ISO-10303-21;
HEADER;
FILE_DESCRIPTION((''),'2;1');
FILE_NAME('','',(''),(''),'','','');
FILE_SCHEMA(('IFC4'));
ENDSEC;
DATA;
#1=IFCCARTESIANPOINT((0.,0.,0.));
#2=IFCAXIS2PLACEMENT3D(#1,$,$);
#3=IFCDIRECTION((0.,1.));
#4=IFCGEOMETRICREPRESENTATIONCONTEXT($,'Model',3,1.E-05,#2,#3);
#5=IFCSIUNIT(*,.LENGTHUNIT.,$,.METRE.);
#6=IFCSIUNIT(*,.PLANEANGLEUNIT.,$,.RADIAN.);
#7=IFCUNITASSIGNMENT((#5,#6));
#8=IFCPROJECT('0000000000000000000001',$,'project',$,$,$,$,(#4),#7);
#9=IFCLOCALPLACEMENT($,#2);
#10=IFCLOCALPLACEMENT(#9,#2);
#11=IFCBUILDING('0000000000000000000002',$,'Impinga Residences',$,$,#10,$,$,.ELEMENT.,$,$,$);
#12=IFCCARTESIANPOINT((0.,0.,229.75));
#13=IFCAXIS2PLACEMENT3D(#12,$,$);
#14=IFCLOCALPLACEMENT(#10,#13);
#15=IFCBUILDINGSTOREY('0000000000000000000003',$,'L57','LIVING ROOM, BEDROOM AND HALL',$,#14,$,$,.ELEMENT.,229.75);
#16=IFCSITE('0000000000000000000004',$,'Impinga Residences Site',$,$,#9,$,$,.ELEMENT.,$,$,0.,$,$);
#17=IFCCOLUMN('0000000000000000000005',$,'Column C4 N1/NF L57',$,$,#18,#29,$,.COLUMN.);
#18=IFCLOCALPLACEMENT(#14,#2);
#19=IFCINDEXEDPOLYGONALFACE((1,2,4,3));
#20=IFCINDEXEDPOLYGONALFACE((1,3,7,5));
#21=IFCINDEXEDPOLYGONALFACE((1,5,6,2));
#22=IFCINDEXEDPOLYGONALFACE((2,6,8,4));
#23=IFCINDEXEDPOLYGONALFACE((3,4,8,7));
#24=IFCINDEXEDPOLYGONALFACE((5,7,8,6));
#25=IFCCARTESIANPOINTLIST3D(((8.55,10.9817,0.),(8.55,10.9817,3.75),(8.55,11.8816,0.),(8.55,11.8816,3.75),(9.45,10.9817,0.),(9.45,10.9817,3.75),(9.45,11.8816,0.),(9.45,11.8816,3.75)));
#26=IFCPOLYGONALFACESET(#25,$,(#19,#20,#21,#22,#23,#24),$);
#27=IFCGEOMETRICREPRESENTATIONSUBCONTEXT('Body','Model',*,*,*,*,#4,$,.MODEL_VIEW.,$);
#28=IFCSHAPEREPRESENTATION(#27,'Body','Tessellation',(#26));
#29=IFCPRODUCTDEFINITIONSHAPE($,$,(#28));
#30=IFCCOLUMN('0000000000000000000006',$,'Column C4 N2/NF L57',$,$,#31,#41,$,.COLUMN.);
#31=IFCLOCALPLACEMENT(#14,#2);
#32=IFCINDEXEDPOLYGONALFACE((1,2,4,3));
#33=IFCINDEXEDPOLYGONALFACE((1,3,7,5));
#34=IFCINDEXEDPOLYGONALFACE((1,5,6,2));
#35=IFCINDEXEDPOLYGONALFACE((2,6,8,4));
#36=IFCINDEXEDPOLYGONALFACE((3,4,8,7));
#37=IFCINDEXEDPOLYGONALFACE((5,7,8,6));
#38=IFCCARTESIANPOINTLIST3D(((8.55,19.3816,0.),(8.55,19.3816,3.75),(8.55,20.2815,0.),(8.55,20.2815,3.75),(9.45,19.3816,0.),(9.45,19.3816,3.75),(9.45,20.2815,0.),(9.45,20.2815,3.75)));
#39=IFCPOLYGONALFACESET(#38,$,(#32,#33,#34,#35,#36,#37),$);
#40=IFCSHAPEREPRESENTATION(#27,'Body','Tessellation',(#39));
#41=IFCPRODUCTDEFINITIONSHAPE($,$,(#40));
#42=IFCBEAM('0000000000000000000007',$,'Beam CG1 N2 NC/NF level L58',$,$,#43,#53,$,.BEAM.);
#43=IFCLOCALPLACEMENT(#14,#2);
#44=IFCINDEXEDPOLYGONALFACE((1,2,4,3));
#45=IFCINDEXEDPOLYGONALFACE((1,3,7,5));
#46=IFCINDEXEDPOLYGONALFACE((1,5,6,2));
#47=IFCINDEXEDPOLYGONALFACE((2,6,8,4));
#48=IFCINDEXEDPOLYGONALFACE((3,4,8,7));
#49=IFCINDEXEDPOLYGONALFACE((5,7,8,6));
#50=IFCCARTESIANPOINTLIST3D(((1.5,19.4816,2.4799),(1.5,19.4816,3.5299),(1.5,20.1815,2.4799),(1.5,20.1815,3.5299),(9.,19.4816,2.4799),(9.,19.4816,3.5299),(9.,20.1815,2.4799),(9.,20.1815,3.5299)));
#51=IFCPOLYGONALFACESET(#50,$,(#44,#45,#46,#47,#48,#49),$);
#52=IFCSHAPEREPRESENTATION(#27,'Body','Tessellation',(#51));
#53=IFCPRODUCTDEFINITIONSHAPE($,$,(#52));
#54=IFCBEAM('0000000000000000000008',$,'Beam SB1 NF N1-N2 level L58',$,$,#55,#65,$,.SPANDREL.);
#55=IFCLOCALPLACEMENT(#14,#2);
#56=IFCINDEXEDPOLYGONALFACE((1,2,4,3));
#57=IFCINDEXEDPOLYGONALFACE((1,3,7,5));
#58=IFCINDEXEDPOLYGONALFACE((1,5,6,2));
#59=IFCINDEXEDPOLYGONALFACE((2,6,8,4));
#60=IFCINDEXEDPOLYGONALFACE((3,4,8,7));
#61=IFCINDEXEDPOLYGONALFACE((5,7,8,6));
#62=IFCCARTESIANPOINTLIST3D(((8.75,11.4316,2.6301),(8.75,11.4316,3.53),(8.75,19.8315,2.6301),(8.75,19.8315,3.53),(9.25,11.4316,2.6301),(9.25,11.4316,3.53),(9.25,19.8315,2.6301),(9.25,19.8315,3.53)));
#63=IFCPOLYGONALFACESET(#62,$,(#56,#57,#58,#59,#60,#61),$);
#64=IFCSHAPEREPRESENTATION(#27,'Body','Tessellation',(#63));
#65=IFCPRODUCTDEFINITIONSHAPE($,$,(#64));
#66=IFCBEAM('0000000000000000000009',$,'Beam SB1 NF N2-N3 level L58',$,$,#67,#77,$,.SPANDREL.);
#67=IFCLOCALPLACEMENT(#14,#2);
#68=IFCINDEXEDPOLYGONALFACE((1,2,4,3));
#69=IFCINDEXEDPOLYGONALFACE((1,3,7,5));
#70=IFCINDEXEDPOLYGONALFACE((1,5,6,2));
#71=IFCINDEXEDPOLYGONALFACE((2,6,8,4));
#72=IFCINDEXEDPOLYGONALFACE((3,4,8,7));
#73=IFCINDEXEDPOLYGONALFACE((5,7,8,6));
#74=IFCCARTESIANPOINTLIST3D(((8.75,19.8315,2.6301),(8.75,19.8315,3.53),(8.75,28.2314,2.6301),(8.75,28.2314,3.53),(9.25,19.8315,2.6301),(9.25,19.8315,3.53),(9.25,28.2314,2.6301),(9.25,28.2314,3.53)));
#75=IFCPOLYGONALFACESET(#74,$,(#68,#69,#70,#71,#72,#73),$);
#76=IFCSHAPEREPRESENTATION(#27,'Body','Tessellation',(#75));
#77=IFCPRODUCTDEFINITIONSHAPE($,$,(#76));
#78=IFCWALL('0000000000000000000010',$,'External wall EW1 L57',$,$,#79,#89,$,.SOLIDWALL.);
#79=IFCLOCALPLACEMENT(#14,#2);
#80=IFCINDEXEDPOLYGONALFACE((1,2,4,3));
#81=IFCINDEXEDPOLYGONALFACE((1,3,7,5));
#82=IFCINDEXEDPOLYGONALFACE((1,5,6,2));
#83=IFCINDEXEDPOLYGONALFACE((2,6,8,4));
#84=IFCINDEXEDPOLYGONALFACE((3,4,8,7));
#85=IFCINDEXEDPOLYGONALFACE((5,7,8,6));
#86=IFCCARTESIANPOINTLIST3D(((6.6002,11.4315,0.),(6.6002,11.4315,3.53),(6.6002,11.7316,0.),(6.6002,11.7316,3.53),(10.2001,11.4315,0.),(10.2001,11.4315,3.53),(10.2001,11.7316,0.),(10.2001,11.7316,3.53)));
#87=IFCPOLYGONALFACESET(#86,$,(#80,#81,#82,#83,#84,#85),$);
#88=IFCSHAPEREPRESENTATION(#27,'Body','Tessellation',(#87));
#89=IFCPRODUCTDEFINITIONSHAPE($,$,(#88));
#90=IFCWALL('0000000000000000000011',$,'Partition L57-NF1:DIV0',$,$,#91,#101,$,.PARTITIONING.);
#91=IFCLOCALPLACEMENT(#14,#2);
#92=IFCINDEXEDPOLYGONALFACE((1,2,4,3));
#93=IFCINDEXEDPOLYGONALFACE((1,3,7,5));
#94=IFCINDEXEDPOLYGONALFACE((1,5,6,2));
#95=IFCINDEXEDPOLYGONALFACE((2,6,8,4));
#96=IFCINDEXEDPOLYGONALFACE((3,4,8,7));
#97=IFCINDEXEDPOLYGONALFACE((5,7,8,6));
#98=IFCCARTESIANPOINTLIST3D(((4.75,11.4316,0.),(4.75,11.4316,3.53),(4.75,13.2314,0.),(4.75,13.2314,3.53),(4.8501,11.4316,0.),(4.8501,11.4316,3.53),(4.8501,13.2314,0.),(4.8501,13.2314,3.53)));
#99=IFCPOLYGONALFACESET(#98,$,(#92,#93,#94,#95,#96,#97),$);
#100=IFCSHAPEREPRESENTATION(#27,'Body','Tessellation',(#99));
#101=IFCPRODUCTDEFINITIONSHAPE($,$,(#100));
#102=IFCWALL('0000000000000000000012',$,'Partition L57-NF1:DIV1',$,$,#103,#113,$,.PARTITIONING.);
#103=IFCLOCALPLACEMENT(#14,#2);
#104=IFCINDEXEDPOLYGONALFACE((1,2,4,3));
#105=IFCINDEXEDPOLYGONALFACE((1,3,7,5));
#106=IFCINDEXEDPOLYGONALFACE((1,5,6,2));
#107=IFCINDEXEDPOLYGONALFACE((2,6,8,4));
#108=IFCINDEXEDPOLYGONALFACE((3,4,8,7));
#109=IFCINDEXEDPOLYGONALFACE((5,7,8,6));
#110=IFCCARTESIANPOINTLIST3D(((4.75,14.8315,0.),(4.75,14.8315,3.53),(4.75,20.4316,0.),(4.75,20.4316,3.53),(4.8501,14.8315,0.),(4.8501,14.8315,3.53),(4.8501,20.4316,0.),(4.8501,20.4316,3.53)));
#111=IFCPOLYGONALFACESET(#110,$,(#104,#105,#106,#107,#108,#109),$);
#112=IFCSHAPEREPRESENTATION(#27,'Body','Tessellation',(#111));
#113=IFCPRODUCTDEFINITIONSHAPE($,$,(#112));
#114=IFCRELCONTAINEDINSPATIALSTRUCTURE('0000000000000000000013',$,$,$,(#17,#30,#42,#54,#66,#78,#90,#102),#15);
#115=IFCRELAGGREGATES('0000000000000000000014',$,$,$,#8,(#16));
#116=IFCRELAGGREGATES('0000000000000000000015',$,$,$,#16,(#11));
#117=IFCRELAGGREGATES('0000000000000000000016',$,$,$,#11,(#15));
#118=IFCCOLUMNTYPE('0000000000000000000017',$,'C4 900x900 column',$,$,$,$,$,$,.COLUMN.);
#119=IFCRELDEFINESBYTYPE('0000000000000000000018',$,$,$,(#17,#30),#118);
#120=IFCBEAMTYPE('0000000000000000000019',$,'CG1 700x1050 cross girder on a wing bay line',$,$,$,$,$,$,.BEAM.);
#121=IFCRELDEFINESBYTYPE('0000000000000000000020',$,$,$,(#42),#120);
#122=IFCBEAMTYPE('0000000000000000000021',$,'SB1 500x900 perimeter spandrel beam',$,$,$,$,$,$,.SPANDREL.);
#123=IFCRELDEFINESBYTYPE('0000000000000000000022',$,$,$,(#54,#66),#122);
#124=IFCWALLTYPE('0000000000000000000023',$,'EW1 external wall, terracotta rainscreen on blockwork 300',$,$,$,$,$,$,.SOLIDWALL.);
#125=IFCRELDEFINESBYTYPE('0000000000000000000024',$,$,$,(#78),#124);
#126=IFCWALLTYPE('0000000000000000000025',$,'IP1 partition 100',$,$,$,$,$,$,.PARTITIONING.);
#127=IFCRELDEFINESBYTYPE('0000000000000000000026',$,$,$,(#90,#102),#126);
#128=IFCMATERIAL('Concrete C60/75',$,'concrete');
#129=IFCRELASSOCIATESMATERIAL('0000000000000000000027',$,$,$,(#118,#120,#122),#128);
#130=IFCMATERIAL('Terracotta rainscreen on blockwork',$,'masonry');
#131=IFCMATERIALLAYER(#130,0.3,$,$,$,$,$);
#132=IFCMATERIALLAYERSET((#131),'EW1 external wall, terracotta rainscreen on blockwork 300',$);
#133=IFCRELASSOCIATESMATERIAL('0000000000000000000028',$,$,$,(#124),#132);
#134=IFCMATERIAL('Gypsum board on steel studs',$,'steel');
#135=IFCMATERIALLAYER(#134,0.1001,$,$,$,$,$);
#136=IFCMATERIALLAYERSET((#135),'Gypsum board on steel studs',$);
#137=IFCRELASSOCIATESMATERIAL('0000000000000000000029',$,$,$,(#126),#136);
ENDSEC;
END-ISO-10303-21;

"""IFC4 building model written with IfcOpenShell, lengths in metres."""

from ifc_helpers import new_model, si_unit, direction, frame, frame_2d, origin, origin_2d, place, context, subcontext, project, spatial, rectangle, extrude, material, layer, layer_set, material_profile, profile_set, type_object, element, save


model = new_model("IFC4")

# Units and contexts
model_context = context("Model", 3, precision=1e-05, world=origin(), true_north=direction((0.0, 1.0)))
body_context = subcontext(model_context, "Body", "Model", "MODEL_VIEW")
ifc_project = project(units=[si_unit("LENGTHUNIT", "METRE"), si_unit("PLANEANGLEUNIT", "RADIAN")], contexts=[model_context])

# Site, building, storey
site_placement = place(None, origin())
site = spatial("IfcSite", under=ifc_project, at=site_placement, Name="Impinga Residences Site", CompositionType="ELEMENT", RefElevation=0.0)
building_placement = place(site_placement, origin())
building = spatial("IfcBuilding", under=site, at=building_placement, Name="Impinga Residences", CompositionType="ELEMENT")
storey_placement = place(building_placement, frame((0.0, 0.0, 229.75)))
storey = spatial("IfcBuildingStorey", under=building, at=storey_placement, Name="L57", Description="LIVING ROOM, BEDROOM AND HALL", CompositionType="ELEMENT", Elevation=229.75)

# Columns
ifc_material_1 = material(Name="Concrete C60/75", Category="concrete")
ifc_material_profile_1 = material_profile(ifc_material_1, rectangle(XDim=0.8999, YDim=0.8999, at=origin_2d()), Name="RC 900x900")
ifc_profile_set_1 = profile_set([ifc_material_profile_1], Name="Concrete C60/75")
column_type = type_object("IfcColumnType", Name="C4 900x900 column", PredefinedType="COLUMN", material=ifc_profile_set_1)
for number, where, z_axis, x_axis, name in (
    (1, (9.0, 11.4316, 0.0), (0.0, 0.0, 1.0), (1.0, 0.0, 0.0), "Column C4 N1/NF L57"),
    (2, (9.0, 19.8315, 0.0), (0.0, 0.0, 1.0), (1.0, 0.0, 0.0), "Column C4 N2/NF L57"),
):
    element("IfcColumn", number, at=place(storey_placement, frame(where, z_axis=z_axis, x_axis=x_axis)), inside=storey, type_object=column_type, Name=name, PredefinedType="COLUMN", context=body_context, shape_type="SweptSolid", body=[
        extrude(rectangle(XDim=0.8999, YDim=0.8999, at=origin_2d()), origin(), (0.0, 0.0, 1.0), 3.75),
    ])

# Beams
ifc_material_profile_2 = material_profile(ifc_material_1, rectangle(XDim=0.7, YDim=1.05, at=origin_2d()), Name="RC 700x1050")
ifc_profile_set_2 = profile_set([ifc_material_profile_2], Name="Concrete C60/75")
beam_type_1 = type_object("IfcBeamType", Name="CG1 700x1050 cross girder on a wing bay line", PredefinedType="BEAM", material=ifc_profile_set_2)
beam_placement = place(storey_placement, frame((1.5, 19.8315, 3.0049), z_axis=(1.0, 0.0, 0.0), x_axis=(0.0, 1.0, 0.0)))
element("IfcBeam", 3, at=beam_placement, inside=storey, type_object=beam_type_1, Name="Beam CG1 N2 NC/NF level L58", PredefinedType="BEAM", context=body_context, shape_type="SweptSolid", body=[
    extrude(rectangle(XDim=0.7, YDim=1.05, at=origin_2d()), origin(), (0.0, 0.0, 1.0), 7.5),
])
ifc_material_profile_3 = material_profile(ifc_material_1, rectangle(XDim=0.5, YDim=0.8999, at=origin_2d()), Name="RC 500x900")
ifc_profile_set_3 = profile_set([ifc_material_profile_3], Name="Concrete C60/75")
beam_type_2 = type_object("IfcBeamType", Name="SB1 500x900 perimeter spandrel beam", PredefinedType="SPANDREL", material=ifc_profile_set_3)
for number, where, z_axis, x_axis, name in (
    (4, (9.0, 11.4316, 3.0801), (0.0, 1.0, 0.0), (-1.0, 0.0, 0.0), "Beam SB1 NF N1-N2 level L58"),
    (5, (9.0, 19.8315, 3.0801), (0.0, 1.0, 0.0), (-1.0, 0.0, 0.0), "Beam SB1 NF N2-N3 level L58"),
):
    element("IfcBeam", number, at=place(storey_placement, frame(where, z_axis=z_axis, x_axis=x_axis)), inside=storey, type_object=beam_type_2, Name=name, PredefinedType="SPANDREL", context=body_context, shape_type="SweptSolid", body=[
        extrude(rectangle(XDim=0.5, YDim=0.8999, at=origin_2d()), origin(), (0.0, 0.0, 1.0), 8.3999),
    ])

# Walls
ifc_material_2 = material(Name="Terracotta rainscreen on blockwork", Category="masonry")
ifc_layer_1 = layer(ifc_material_2, 0.3)
ifc_layer_set_1 = layer_set([ifc_layer_1], Name="EW1 external wall, terracotta rainscreen on blockwork 300")
wall_type_1 = type_object("IfcWallType", Name="EW1 external wall, terracotta rainscreen on blockwork 300", PredefinedType="SOLIDWALL", material=ifc_layer_set_1)
wall_1_placement = place(storey_placement, frame((10.2, 11.5815, 0.0), z_axis=(0.0, 0.0, 1.0), x_axis=(-1.0, 0.0, 0.0)))
element("IfcWall", 6, at=wall_1_placement, inside=storey, type_object=wall_type_1, Name="External wall EW1 L57", PredefinedType="SOLIDWALL", context=body_context, shape_type="SweptSolid", body=[
    extrude(rectangle(XDim=3.5999, YDim=0.3, at=frame_2d((1.7998, 0.0))), origin(), (0.0, 0.0, 1.0), 3.53),
])
ifc_material_3 = material(Name="Gypsum board on steel studs", Category="steel")
ifc_layer_2 = layer(ifc_material_3, 0.1001)
ifc_layer_set_2 = layer_set([ifc_layer_2], Name="Gypsum board on steel studs")
wall_type_2 = type_object("IfcWallType", Name="IP1 partition 100", PredefinedType="PARTITIONING", material=ifc_layer_set_2)
wall_2_placement = place(storey_placement, frame((4.8, 11.4316, 0.0), z_axis=(0.0, 0.0, 1.0), x_axis=(0.0, 1.0, 0.0)))
element("IfcWall", 7, at=wall_2_placement, inside=storey, type_object=wall_type_2, Name="Partition L57-NF1:DIV0", PredefinedType="PARTITIONING", context=body_context, shape_type="SweptSolid", body=[
    extrude(rectangle(XDim=1.7998, YDim=0.1001, at=frame_2d((0.8999, 0.0))), origin(), (0.0, 0.0, 1.0), 3.53),
])
wall_3_placement = place(storey_placement, frame((4.8, 14.8315, 0.0), z_axis=(0.0, 0.0, 1.0), x_axis=(0.0, 1.0, 0.0)))
element("IfcWall", 8, at=wall_3_placement, inside=storey, type_object=wall_type_2, Name="Partition L57-NF1:DIV1", PredefinedType="PARTITIONING", context=body_context, shape_type="SweptSolid", body=[
    extrude(rectangle(XDim=5.6001, YDim=0.1001, at=frame_2d((2.8, 0.0))), origin(), (0.0, 0.0, 1.0), 3.53),
])

save(model, "model.ifc")
